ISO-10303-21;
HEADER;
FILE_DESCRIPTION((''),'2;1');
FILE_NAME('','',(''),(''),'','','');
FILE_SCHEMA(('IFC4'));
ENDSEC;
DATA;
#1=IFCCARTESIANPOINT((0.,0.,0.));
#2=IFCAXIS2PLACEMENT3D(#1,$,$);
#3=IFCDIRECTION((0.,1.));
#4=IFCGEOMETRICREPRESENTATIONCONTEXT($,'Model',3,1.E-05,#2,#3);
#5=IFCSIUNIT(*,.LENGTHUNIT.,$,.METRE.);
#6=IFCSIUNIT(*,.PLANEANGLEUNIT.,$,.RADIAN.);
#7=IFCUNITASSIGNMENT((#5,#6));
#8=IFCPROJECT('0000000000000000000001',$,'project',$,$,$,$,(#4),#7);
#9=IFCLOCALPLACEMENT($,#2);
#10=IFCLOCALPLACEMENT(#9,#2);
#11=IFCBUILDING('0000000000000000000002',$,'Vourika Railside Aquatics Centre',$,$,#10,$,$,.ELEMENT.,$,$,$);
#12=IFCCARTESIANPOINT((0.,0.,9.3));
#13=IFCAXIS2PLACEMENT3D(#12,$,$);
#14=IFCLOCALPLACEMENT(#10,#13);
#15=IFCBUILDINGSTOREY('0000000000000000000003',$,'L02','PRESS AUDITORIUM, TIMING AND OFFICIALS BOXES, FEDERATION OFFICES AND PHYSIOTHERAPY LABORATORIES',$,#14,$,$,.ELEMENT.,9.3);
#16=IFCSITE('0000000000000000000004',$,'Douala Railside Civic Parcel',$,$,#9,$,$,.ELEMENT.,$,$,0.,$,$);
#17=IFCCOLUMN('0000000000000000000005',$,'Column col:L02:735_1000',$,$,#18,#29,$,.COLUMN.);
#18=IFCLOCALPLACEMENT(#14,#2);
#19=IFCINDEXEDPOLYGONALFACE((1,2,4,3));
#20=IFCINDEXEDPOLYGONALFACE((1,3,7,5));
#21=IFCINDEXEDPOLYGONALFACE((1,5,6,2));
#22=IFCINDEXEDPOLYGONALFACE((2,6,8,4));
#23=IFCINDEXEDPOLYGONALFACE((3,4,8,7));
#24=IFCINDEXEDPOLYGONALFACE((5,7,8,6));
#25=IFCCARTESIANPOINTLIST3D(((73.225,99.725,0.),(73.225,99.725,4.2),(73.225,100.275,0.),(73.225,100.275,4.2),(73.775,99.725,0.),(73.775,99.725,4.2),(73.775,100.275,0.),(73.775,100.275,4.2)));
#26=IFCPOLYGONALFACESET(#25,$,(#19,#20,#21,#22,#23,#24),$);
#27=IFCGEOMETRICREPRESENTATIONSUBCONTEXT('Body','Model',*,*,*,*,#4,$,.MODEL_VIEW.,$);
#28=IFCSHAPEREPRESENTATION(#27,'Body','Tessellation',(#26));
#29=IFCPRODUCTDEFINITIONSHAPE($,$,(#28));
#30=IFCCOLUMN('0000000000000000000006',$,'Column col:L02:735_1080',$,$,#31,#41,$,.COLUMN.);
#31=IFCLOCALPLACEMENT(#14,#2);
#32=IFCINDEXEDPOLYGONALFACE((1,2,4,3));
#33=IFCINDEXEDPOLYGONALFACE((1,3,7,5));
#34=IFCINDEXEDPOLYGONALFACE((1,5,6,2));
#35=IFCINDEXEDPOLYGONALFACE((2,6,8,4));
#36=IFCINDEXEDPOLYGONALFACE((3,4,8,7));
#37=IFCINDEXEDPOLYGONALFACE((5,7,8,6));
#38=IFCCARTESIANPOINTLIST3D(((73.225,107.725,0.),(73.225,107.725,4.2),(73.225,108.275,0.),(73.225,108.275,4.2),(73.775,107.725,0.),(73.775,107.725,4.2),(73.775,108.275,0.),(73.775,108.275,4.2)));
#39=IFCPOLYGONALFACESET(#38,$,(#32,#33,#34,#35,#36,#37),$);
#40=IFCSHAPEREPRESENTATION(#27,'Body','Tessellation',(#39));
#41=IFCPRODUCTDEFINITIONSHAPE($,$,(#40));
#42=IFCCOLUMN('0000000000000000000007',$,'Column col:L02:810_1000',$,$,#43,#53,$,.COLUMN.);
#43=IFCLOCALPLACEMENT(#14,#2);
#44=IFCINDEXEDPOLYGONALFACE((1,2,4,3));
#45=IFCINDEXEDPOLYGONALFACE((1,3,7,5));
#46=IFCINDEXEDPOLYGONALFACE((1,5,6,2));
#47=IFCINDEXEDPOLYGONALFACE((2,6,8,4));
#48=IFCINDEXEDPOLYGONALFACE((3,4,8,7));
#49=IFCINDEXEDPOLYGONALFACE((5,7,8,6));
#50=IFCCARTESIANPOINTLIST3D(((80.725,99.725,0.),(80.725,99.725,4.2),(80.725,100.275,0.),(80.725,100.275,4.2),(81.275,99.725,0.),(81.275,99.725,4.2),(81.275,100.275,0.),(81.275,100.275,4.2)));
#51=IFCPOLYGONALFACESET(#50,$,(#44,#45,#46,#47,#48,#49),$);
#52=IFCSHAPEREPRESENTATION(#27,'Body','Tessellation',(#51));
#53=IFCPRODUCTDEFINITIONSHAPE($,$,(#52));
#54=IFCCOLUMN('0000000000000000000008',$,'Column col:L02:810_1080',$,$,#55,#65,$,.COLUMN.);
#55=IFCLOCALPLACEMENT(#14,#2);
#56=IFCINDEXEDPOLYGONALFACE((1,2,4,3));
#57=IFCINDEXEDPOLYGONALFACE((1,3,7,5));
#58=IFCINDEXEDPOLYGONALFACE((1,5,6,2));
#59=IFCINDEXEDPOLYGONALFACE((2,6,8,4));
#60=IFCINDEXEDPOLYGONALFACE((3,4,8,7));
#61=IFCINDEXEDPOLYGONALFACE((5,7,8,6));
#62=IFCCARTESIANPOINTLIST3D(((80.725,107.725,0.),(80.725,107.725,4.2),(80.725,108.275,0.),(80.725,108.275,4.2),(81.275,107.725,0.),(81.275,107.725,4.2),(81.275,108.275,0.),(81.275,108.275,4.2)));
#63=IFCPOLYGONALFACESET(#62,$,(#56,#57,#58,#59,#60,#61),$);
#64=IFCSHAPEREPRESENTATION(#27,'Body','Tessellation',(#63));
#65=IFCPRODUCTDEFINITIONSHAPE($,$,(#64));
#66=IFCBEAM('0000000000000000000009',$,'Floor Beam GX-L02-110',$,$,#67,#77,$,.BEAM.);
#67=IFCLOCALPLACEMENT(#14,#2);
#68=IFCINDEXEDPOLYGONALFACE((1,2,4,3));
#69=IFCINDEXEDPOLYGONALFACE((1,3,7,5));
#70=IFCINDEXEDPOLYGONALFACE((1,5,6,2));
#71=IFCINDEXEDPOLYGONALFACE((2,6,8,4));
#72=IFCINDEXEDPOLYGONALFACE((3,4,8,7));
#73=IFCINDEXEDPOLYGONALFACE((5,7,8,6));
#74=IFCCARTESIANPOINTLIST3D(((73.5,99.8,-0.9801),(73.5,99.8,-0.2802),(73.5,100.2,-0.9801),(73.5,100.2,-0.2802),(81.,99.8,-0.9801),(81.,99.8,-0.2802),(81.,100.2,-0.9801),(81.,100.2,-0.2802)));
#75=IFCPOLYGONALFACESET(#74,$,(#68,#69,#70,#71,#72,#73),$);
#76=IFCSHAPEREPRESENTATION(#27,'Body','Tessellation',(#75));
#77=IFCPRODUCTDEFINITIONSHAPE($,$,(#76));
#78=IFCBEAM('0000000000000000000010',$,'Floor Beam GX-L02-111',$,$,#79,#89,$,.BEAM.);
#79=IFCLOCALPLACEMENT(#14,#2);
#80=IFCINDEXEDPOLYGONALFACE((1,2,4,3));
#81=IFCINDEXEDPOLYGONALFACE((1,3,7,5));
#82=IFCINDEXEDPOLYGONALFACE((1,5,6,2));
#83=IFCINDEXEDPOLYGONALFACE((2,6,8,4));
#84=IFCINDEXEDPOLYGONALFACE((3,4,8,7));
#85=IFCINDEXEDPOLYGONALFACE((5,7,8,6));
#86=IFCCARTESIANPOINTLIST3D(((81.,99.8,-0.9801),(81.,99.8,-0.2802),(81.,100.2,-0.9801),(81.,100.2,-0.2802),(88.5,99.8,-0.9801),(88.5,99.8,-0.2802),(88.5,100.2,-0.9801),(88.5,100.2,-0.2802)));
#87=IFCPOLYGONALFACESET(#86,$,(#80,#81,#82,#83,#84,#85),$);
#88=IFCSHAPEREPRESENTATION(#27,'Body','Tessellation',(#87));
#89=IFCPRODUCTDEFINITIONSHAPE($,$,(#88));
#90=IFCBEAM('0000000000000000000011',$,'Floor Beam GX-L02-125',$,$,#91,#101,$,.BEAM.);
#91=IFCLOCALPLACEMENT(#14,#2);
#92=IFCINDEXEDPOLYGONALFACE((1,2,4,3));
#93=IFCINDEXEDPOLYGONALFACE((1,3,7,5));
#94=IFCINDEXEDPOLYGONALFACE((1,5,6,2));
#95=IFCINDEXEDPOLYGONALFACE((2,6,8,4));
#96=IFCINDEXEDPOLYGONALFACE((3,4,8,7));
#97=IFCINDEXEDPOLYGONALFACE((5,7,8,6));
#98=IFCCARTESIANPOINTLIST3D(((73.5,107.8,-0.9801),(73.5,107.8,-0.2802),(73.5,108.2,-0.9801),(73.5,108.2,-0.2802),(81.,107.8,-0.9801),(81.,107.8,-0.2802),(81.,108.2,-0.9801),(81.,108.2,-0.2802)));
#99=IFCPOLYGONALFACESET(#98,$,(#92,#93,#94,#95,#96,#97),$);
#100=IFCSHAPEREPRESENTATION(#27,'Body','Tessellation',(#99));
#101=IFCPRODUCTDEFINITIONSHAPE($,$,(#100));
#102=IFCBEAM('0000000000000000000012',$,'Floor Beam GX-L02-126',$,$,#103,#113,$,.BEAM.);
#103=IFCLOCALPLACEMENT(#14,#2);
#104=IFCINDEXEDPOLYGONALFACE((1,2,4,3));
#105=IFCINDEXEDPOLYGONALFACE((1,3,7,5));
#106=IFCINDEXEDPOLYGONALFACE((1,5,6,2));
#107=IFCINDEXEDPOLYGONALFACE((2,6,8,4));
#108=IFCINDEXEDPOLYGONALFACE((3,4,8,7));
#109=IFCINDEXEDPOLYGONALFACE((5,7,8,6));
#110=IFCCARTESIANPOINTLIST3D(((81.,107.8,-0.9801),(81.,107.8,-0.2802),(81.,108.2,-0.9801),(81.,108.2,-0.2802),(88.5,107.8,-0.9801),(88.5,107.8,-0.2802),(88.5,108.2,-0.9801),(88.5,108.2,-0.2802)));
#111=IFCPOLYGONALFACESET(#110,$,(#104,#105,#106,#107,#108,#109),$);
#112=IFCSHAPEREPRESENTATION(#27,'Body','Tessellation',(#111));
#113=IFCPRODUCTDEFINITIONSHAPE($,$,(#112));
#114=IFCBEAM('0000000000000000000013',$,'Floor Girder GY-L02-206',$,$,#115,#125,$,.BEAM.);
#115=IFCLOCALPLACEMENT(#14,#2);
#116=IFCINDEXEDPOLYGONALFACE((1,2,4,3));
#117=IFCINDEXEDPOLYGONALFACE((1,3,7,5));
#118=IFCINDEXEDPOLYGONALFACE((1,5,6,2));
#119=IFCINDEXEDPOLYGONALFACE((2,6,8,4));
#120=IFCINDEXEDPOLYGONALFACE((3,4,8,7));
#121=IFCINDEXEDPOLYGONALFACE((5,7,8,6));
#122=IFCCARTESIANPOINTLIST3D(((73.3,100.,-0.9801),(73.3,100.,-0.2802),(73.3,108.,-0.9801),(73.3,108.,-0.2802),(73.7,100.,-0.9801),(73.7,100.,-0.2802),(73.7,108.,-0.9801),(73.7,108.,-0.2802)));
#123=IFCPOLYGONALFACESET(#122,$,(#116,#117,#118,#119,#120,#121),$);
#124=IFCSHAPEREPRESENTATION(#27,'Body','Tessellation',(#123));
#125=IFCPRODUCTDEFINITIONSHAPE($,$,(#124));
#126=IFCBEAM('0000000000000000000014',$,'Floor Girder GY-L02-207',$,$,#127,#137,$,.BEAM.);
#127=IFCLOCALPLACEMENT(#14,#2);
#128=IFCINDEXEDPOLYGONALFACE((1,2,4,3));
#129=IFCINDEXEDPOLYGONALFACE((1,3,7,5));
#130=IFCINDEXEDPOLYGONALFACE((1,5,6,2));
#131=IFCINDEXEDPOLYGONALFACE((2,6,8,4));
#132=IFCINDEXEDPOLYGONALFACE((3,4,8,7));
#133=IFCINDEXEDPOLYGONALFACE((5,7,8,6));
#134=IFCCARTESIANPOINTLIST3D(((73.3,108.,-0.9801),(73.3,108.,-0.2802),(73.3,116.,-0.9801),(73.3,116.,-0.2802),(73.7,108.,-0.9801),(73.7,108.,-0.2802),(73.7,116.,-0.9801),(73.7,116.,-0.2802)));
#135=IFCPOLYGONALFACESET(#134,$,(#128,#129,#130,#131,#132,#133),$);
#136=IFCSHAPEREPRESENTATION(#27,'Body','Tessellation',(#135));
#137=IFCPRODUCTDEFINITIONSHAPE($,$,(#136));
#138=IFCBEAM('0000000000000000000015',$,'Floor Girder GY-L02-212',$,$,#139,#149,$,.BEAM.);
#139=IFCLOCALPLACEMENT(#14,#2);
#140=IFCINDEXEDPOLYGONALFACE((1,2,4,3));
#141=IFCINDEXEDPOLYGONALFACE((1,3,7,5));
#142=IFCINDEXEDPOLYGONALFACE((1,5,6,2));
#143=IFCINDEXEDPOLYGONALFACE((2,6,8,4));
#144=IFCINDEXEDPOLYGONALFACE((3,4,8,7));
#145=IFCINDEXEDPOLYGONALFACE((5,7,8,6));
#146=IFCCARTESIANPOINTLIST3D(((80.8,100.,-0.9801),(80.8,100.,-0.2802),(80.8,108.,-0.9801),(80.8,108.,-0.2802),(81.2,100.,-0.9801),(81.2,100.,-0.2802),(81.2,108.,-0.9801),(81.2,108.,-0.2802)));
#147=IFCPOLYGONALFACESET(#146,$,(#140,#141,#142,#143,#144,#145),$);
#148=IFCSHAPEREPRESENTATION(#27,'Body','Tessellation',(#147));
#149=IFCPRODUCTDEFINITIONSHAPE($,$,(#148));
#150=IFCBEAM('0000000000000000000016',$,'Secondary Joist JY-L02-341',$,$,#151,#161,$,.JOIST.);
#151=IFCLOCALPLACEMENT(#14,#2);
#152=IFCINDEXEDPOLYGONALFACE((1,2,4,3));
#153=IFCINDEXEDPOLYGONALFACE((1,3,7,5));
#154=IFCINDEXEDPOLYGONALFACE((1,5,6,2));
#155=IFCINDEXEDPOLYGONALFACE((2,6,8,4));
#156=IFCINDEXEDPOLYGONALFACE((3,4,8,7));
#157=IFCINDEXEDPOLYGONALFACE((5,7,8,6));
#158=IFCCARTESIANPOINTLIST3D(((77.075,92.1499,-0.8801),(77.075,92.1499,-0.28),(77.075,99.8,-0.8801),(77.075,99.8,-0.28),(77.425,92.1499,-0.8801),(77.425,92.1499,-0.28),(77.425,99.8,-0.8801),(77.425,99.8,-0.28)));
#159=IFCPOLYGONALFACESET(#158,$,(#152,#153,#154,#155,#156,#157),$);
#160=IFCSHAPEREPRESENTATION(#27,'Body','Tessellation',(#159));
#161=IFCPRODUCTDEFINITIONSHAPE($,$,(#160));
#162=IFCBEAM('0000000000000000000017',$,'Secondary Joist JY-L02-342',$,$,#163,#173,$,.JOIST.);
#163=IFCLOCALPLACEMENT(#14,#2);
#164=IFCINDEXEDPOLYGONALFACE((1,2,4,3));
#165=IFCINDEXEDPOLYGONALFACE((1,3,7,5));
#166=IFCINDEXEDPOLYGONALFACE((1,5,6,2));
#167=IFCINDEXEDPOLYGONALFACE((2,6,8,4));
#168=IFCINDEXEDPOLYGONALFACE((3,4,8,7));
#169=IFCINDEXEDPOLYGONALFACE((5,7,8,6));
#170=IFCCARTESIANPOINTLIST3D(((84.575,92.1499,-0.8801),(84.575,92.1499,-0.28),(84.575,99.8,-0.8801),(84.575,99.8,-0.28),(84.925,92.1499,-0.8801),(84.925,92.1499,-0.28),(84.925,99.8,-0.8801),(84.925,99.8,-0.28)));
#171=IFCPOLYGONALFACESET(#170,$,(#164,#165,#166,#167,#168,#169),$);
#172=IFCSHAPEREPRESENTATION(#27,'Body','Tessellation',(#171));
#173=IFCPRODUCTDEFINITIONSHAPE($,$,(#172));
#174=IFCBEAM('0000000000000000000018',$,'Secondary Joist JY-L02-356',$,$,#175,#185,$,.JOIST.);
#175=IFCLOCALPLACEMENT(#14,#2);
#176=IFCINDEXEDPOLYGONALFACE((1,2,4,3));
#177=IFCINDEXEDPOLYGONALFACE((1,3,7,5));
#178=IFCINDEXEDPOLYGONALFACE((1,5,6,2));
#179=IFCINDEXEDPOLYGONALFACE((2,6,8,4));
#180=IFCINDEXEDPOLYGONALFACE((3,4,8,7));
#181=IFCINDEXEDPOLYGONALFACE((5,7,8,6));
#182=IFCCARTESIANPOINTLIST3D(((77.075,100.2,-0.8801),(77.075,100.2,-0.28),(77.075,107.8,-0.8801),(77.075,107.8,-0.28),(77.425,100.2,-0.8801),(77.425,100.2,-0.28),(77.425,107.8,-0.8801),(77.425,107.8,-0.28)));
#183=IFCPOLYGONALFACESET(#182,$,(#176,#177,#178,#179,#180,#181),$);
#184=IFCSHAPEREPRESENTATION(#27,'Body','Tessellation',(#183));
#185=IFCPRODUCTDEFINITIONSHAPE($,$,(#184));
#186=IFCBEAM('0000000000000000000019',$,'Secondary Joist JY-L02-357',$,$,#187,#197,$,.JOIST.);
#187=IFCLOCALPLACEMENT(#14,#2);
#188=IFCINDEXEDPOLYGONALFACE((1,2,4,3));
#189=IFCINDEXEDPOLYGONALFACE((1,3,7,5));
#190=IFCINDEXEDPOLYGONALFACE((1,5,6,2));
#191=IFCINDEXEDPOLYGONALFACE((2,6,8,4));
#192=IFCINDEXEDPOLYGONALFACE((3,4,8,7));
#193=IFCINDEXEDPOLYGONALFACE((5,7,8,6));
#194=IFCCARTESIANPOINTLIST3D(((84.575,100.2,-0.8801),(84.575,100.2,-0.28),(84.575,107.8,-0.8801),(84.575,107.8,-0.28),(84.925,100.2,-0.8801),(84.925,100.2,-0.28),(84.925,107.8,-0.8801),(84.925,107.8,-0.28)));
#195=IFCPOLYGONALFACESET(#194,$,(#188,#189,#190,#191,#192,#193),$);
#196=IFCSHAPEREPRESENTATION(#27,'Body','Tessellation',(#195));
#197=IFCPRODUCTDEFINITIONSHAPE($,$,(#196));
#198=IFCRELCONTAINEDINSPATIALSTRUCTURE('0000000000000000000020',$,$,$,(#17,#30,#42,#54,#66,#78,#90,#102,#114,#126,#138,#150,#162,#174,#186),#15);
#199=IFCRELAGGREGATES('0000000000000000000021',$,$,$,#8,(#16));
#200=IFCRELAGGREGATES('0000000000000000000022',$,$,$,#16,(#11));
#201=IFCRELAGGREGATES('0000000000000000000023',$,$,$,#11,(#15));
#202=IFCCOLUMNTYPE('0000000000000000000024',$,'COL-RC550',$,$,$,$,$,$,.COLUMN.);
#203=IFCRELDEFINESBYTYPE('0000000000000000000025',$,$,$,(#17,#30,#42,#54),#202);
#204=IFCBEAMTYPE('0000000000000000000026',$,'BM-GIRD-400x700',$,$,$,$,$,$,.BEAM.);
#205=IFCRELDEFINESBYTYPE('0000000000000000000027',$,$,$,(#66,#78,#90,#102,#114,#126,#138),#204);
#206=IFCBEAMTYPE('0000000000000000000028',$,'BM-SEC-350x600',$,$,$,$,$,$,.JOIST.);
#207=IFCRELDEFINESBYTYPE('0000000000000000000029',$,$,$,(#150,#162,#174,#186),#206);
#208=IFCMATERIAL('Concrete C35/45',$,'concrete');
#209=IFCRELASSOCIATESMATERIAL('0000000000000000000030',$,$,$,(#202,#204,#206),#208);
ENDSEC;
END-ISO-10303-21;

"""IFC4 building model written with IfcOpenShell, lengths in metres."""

from ifc_helpers import new_model, si_unit, direction, frame, origin, origin_2d, place, context, subcontext, project, spatial, rectangle, extrude, material, material_profile, profile_set, type_object, element, save


model = new_model("IFC4")

# Units and contexts
model_context = context("Model", 3, precision=1e-05, world=origin(), true_north=direction((0.0, 1.0)))
body_context = subcontext(model_context, "Body", "Model", "MODEL_VIEW")
ifc_project = project(units=[si_unit("LENGTHUNIT", "METRE"), si_unit("PLANEANGLEUNIT", "RADIAN")], contexts=[model_context])

# Site, building, storey
site_placement = place(None, origin())
site = spatial("IfcSite", under=ifc_project, at=site_placement, Name="Douala Railside Civic Parcel", CompositionType="ELEMENT", RefElevation=0.0)
building_placement = place(site_placement, origin())
building = spatial("IfcBuilding", under=site, at=building_placement, Name="Vourika Railside Aquatics Centre", CompositionType="ELEMENT")
storey_placement = place(building_placement, frame((0.0, 0.0, 9.3)))
storey = spatial("IfcBuildingStorey", under=building, at=storey_placement, Name="L02", Description="PRESS AUDITORIUM, TIMING AND OFFICIALS BOXES, FEDERATION OFFICES AND PHYSIOTHERAPY LABORATORIES", CompositionType="ELEMENT", Elevation=9.3)

# Columns
ifc_material_1 = material(Name="Concrete C35/45", Category="concrete")
ifc_material_profile_1 = material_profile(ifc_material_1, rectangle(XDim=0.55, YDim=0.55, at=origin_2d()), Name="RC 550x550")
ifc_profile_set_1 = profile_set([ifc_material_profile_1], Name="Concrete C35/45")
column_type = type_object("IfcColumnType", Name="COL-RC550", PredefinedType="COLUMN", material=ifc_profile_set_1)
for number, where, z_axis, x_axis, name in (
    (1, (73.5, 100.0, 0.0), (0.0, 0.0, 1.0), (1.0, 0.0, 0.0), "Column col:L02:735_1000"),
    (2, (73.5, 108.0, 0.0), (0.0, 0.0, 1.0), (1.0, 0.0, 0.0), "Column col:L02:735_1080"),
    (3, (81.0, 100.0, 0.0), (0.0, 0.0, 1.0), (1.0, 0.0, 0.0), "Column col:L02:810_1000"),
    (4, (81.0, 108.0, 0.0), (0.0, 0.0, 1.0), (1.0, 0.0, 0.0), "Column col:L02:810_1080"),
):
    element("IfcColumn", number, at=place(storey_placement, frame(where, z_axis=z_axis, x_axis=x_axis)), inside=storey, type_object=column_type, Name=name, PredefinedType="COLUMN", context=body_context, shape_type="SweptSolid", body=[
        extrude(rectangle(XDim=0.55, YDim=0.55, at=origin_2d()), origin(), (0.0, 0.0, 1.0), 4.2),
    ])

# Beams
ifc_material_profile_2 = material_profile(ifc_material_1, rectangle(XDim=0.3999, YDim=0.7, at=origin_2d()), Name="RC 400x700")
ifc_profile_set_2 = profile_set([ifc_material_profile_2], Name="Concrete C35/45")
beam_type_1 = type_object("IfcBeamType", Name="BM-GIRD-400x700", PredefinedType="BEAM", material=ifc_profile_set_2)
for number, where, z_axis, x_axis, name in (
    (5, (73.5, 100.0, -0.6301), (1.0, 0.0, 0.0), (0.0, 1.0, 0.0), "Floor Beam GX-L02-110"),
    (6, (81.0, 100.0, -0.6301), (1.0, 0.0, 0.0), (0.0, 1.0, 0.0), "Floor Beam GX-L02-111"),
    (7, (73.5, 108.0, -0.6301), (1.0, 0.0, 0.0), (0.0, 1.0, 0.0), "Floor Beam GX-L02-125"),
    (8, (81.0, 108.0, -0.6301), (1.0, 0.0, 0.0), (0.0, 1.0, 0.0), "Floor Beam GX-L02-126"),
):
    element("IfcBeam", number, at=place(storey_placement, frame(where, z_axis=z_axis, x_axis=x_axis)), inside=storey, type_object=beam_type_1, Name=name, PredefinedType="BEAM", context=body_context, shape_type="SweptSolid", body=[
        extrude(rectangle(XDim=0.3999, YDim=0.7, at=origin_2d()), origin(), (0.0, 0.0, 1.0), 7.5),
    ])
for number, where, z_axis, x_axis, name in (
    (9, (73.5, 100.0, -0.6301), (0.0, 1.0, 0.0), (-1.0, 0.0, 0.0), "Floor Girder GY-L02-206"),
    (10, (73.5, 108.0, -0.6301), (0.0, 1.0, 0.0), (-1.0, 0.0, 0.0), "Floor Girder GY-L02-207"),
    (11, (81.0, 100.0, -0.6301), (0.0, 1.0, 0.0), (-1.0, 0.0, 0.0), "Floor Girder GY-L02-212"),
):
    element("IfcBeam", number, at=place(storey_placement, frame(where, z_axis=z_axis, x_axis=x_axis)), inside=storey, type_object=beam_type_1, Name=name, PredefinedType="BEAM", context=body_context, shape_type="SweptSolid", body=[
        extrude(rectangle(XDim=0.3999, YDim=0.7, at=origin_2d()), origin(), (0.0, 0.0, 1.0), 8.0),
    ])
ifc_material_profile_3 = material_profile(ifc_material_1, rectangle(XDim=0.3501, YDim=0.6001, at=origin_2d()), Name="RC 350x600")
ifc_profile_set_3 = profile_set([ifc_material_profile_3], Name="Concrete C35/45")
beam_type_2 = type_object("IfcBeamType", Name="BM-SEC-350x600", PredefinedType="JOIST", material=ifc_profile_set_3)
for number, where, z_axis, x_axis, name in (
    (12, (77.25, 92.1499, -0.5801), (0.0, 1.0, 0.0), (-1.0, 0.0, 0.0), "Secondary Joist JY-L02-341"),
    (13, (84.75, 92.1499, -0.5801), (0.0, 1.0, 0.0), (-1.0, 0.0, 0.0), "Secondary Joist JY-L02-342"),
):
    element("IfcBeam", number, at=place(storey_placement, frame(where, z_axis=z_axis, x_axis=x_axis)), inside=storey, type_object=beam_type_2, Name=name, PredefinedType="JOIST", context=body_context, shape_type="SweptSolid", body=[
        extrude(rectangle(XDim=0.3501, YDim=0.6001, at=origin_2d()), origin(), (0.0, 0.0, 1.0), 7.6501),
    ])
for number, where, z_axis, x_axis, name in (
    (14, (77.25, 100.2, -0.5801), (0.0, 1.0, 0.0), (-1.0, 0.0, 0.0), "Secondary Joist JY-L02-356"),
    (15, (84.75, 100.2, -0.5801), (0.0, 1.0, 0.0), (-1.0, 0.0, 0.0), "Secondary Joist JY-L02-357"),
):
    element("IfcBeam", number, at=place(storey_placement, frame(where, z_axis=z_axis, x_axis=x_axis)), inside=storey, type_object=beam_type_2, Name=name, PredefinedType="JOIST", context=body_context, shape_type="SweptSolid", body=[
        extrude(rectangle(XDim=0.3501, YDim=0.6001, at=origin_2d()), origin(), (0.0, 0.0, 1.0), 7.6001),
    ])

save(model, "model.ifc")
